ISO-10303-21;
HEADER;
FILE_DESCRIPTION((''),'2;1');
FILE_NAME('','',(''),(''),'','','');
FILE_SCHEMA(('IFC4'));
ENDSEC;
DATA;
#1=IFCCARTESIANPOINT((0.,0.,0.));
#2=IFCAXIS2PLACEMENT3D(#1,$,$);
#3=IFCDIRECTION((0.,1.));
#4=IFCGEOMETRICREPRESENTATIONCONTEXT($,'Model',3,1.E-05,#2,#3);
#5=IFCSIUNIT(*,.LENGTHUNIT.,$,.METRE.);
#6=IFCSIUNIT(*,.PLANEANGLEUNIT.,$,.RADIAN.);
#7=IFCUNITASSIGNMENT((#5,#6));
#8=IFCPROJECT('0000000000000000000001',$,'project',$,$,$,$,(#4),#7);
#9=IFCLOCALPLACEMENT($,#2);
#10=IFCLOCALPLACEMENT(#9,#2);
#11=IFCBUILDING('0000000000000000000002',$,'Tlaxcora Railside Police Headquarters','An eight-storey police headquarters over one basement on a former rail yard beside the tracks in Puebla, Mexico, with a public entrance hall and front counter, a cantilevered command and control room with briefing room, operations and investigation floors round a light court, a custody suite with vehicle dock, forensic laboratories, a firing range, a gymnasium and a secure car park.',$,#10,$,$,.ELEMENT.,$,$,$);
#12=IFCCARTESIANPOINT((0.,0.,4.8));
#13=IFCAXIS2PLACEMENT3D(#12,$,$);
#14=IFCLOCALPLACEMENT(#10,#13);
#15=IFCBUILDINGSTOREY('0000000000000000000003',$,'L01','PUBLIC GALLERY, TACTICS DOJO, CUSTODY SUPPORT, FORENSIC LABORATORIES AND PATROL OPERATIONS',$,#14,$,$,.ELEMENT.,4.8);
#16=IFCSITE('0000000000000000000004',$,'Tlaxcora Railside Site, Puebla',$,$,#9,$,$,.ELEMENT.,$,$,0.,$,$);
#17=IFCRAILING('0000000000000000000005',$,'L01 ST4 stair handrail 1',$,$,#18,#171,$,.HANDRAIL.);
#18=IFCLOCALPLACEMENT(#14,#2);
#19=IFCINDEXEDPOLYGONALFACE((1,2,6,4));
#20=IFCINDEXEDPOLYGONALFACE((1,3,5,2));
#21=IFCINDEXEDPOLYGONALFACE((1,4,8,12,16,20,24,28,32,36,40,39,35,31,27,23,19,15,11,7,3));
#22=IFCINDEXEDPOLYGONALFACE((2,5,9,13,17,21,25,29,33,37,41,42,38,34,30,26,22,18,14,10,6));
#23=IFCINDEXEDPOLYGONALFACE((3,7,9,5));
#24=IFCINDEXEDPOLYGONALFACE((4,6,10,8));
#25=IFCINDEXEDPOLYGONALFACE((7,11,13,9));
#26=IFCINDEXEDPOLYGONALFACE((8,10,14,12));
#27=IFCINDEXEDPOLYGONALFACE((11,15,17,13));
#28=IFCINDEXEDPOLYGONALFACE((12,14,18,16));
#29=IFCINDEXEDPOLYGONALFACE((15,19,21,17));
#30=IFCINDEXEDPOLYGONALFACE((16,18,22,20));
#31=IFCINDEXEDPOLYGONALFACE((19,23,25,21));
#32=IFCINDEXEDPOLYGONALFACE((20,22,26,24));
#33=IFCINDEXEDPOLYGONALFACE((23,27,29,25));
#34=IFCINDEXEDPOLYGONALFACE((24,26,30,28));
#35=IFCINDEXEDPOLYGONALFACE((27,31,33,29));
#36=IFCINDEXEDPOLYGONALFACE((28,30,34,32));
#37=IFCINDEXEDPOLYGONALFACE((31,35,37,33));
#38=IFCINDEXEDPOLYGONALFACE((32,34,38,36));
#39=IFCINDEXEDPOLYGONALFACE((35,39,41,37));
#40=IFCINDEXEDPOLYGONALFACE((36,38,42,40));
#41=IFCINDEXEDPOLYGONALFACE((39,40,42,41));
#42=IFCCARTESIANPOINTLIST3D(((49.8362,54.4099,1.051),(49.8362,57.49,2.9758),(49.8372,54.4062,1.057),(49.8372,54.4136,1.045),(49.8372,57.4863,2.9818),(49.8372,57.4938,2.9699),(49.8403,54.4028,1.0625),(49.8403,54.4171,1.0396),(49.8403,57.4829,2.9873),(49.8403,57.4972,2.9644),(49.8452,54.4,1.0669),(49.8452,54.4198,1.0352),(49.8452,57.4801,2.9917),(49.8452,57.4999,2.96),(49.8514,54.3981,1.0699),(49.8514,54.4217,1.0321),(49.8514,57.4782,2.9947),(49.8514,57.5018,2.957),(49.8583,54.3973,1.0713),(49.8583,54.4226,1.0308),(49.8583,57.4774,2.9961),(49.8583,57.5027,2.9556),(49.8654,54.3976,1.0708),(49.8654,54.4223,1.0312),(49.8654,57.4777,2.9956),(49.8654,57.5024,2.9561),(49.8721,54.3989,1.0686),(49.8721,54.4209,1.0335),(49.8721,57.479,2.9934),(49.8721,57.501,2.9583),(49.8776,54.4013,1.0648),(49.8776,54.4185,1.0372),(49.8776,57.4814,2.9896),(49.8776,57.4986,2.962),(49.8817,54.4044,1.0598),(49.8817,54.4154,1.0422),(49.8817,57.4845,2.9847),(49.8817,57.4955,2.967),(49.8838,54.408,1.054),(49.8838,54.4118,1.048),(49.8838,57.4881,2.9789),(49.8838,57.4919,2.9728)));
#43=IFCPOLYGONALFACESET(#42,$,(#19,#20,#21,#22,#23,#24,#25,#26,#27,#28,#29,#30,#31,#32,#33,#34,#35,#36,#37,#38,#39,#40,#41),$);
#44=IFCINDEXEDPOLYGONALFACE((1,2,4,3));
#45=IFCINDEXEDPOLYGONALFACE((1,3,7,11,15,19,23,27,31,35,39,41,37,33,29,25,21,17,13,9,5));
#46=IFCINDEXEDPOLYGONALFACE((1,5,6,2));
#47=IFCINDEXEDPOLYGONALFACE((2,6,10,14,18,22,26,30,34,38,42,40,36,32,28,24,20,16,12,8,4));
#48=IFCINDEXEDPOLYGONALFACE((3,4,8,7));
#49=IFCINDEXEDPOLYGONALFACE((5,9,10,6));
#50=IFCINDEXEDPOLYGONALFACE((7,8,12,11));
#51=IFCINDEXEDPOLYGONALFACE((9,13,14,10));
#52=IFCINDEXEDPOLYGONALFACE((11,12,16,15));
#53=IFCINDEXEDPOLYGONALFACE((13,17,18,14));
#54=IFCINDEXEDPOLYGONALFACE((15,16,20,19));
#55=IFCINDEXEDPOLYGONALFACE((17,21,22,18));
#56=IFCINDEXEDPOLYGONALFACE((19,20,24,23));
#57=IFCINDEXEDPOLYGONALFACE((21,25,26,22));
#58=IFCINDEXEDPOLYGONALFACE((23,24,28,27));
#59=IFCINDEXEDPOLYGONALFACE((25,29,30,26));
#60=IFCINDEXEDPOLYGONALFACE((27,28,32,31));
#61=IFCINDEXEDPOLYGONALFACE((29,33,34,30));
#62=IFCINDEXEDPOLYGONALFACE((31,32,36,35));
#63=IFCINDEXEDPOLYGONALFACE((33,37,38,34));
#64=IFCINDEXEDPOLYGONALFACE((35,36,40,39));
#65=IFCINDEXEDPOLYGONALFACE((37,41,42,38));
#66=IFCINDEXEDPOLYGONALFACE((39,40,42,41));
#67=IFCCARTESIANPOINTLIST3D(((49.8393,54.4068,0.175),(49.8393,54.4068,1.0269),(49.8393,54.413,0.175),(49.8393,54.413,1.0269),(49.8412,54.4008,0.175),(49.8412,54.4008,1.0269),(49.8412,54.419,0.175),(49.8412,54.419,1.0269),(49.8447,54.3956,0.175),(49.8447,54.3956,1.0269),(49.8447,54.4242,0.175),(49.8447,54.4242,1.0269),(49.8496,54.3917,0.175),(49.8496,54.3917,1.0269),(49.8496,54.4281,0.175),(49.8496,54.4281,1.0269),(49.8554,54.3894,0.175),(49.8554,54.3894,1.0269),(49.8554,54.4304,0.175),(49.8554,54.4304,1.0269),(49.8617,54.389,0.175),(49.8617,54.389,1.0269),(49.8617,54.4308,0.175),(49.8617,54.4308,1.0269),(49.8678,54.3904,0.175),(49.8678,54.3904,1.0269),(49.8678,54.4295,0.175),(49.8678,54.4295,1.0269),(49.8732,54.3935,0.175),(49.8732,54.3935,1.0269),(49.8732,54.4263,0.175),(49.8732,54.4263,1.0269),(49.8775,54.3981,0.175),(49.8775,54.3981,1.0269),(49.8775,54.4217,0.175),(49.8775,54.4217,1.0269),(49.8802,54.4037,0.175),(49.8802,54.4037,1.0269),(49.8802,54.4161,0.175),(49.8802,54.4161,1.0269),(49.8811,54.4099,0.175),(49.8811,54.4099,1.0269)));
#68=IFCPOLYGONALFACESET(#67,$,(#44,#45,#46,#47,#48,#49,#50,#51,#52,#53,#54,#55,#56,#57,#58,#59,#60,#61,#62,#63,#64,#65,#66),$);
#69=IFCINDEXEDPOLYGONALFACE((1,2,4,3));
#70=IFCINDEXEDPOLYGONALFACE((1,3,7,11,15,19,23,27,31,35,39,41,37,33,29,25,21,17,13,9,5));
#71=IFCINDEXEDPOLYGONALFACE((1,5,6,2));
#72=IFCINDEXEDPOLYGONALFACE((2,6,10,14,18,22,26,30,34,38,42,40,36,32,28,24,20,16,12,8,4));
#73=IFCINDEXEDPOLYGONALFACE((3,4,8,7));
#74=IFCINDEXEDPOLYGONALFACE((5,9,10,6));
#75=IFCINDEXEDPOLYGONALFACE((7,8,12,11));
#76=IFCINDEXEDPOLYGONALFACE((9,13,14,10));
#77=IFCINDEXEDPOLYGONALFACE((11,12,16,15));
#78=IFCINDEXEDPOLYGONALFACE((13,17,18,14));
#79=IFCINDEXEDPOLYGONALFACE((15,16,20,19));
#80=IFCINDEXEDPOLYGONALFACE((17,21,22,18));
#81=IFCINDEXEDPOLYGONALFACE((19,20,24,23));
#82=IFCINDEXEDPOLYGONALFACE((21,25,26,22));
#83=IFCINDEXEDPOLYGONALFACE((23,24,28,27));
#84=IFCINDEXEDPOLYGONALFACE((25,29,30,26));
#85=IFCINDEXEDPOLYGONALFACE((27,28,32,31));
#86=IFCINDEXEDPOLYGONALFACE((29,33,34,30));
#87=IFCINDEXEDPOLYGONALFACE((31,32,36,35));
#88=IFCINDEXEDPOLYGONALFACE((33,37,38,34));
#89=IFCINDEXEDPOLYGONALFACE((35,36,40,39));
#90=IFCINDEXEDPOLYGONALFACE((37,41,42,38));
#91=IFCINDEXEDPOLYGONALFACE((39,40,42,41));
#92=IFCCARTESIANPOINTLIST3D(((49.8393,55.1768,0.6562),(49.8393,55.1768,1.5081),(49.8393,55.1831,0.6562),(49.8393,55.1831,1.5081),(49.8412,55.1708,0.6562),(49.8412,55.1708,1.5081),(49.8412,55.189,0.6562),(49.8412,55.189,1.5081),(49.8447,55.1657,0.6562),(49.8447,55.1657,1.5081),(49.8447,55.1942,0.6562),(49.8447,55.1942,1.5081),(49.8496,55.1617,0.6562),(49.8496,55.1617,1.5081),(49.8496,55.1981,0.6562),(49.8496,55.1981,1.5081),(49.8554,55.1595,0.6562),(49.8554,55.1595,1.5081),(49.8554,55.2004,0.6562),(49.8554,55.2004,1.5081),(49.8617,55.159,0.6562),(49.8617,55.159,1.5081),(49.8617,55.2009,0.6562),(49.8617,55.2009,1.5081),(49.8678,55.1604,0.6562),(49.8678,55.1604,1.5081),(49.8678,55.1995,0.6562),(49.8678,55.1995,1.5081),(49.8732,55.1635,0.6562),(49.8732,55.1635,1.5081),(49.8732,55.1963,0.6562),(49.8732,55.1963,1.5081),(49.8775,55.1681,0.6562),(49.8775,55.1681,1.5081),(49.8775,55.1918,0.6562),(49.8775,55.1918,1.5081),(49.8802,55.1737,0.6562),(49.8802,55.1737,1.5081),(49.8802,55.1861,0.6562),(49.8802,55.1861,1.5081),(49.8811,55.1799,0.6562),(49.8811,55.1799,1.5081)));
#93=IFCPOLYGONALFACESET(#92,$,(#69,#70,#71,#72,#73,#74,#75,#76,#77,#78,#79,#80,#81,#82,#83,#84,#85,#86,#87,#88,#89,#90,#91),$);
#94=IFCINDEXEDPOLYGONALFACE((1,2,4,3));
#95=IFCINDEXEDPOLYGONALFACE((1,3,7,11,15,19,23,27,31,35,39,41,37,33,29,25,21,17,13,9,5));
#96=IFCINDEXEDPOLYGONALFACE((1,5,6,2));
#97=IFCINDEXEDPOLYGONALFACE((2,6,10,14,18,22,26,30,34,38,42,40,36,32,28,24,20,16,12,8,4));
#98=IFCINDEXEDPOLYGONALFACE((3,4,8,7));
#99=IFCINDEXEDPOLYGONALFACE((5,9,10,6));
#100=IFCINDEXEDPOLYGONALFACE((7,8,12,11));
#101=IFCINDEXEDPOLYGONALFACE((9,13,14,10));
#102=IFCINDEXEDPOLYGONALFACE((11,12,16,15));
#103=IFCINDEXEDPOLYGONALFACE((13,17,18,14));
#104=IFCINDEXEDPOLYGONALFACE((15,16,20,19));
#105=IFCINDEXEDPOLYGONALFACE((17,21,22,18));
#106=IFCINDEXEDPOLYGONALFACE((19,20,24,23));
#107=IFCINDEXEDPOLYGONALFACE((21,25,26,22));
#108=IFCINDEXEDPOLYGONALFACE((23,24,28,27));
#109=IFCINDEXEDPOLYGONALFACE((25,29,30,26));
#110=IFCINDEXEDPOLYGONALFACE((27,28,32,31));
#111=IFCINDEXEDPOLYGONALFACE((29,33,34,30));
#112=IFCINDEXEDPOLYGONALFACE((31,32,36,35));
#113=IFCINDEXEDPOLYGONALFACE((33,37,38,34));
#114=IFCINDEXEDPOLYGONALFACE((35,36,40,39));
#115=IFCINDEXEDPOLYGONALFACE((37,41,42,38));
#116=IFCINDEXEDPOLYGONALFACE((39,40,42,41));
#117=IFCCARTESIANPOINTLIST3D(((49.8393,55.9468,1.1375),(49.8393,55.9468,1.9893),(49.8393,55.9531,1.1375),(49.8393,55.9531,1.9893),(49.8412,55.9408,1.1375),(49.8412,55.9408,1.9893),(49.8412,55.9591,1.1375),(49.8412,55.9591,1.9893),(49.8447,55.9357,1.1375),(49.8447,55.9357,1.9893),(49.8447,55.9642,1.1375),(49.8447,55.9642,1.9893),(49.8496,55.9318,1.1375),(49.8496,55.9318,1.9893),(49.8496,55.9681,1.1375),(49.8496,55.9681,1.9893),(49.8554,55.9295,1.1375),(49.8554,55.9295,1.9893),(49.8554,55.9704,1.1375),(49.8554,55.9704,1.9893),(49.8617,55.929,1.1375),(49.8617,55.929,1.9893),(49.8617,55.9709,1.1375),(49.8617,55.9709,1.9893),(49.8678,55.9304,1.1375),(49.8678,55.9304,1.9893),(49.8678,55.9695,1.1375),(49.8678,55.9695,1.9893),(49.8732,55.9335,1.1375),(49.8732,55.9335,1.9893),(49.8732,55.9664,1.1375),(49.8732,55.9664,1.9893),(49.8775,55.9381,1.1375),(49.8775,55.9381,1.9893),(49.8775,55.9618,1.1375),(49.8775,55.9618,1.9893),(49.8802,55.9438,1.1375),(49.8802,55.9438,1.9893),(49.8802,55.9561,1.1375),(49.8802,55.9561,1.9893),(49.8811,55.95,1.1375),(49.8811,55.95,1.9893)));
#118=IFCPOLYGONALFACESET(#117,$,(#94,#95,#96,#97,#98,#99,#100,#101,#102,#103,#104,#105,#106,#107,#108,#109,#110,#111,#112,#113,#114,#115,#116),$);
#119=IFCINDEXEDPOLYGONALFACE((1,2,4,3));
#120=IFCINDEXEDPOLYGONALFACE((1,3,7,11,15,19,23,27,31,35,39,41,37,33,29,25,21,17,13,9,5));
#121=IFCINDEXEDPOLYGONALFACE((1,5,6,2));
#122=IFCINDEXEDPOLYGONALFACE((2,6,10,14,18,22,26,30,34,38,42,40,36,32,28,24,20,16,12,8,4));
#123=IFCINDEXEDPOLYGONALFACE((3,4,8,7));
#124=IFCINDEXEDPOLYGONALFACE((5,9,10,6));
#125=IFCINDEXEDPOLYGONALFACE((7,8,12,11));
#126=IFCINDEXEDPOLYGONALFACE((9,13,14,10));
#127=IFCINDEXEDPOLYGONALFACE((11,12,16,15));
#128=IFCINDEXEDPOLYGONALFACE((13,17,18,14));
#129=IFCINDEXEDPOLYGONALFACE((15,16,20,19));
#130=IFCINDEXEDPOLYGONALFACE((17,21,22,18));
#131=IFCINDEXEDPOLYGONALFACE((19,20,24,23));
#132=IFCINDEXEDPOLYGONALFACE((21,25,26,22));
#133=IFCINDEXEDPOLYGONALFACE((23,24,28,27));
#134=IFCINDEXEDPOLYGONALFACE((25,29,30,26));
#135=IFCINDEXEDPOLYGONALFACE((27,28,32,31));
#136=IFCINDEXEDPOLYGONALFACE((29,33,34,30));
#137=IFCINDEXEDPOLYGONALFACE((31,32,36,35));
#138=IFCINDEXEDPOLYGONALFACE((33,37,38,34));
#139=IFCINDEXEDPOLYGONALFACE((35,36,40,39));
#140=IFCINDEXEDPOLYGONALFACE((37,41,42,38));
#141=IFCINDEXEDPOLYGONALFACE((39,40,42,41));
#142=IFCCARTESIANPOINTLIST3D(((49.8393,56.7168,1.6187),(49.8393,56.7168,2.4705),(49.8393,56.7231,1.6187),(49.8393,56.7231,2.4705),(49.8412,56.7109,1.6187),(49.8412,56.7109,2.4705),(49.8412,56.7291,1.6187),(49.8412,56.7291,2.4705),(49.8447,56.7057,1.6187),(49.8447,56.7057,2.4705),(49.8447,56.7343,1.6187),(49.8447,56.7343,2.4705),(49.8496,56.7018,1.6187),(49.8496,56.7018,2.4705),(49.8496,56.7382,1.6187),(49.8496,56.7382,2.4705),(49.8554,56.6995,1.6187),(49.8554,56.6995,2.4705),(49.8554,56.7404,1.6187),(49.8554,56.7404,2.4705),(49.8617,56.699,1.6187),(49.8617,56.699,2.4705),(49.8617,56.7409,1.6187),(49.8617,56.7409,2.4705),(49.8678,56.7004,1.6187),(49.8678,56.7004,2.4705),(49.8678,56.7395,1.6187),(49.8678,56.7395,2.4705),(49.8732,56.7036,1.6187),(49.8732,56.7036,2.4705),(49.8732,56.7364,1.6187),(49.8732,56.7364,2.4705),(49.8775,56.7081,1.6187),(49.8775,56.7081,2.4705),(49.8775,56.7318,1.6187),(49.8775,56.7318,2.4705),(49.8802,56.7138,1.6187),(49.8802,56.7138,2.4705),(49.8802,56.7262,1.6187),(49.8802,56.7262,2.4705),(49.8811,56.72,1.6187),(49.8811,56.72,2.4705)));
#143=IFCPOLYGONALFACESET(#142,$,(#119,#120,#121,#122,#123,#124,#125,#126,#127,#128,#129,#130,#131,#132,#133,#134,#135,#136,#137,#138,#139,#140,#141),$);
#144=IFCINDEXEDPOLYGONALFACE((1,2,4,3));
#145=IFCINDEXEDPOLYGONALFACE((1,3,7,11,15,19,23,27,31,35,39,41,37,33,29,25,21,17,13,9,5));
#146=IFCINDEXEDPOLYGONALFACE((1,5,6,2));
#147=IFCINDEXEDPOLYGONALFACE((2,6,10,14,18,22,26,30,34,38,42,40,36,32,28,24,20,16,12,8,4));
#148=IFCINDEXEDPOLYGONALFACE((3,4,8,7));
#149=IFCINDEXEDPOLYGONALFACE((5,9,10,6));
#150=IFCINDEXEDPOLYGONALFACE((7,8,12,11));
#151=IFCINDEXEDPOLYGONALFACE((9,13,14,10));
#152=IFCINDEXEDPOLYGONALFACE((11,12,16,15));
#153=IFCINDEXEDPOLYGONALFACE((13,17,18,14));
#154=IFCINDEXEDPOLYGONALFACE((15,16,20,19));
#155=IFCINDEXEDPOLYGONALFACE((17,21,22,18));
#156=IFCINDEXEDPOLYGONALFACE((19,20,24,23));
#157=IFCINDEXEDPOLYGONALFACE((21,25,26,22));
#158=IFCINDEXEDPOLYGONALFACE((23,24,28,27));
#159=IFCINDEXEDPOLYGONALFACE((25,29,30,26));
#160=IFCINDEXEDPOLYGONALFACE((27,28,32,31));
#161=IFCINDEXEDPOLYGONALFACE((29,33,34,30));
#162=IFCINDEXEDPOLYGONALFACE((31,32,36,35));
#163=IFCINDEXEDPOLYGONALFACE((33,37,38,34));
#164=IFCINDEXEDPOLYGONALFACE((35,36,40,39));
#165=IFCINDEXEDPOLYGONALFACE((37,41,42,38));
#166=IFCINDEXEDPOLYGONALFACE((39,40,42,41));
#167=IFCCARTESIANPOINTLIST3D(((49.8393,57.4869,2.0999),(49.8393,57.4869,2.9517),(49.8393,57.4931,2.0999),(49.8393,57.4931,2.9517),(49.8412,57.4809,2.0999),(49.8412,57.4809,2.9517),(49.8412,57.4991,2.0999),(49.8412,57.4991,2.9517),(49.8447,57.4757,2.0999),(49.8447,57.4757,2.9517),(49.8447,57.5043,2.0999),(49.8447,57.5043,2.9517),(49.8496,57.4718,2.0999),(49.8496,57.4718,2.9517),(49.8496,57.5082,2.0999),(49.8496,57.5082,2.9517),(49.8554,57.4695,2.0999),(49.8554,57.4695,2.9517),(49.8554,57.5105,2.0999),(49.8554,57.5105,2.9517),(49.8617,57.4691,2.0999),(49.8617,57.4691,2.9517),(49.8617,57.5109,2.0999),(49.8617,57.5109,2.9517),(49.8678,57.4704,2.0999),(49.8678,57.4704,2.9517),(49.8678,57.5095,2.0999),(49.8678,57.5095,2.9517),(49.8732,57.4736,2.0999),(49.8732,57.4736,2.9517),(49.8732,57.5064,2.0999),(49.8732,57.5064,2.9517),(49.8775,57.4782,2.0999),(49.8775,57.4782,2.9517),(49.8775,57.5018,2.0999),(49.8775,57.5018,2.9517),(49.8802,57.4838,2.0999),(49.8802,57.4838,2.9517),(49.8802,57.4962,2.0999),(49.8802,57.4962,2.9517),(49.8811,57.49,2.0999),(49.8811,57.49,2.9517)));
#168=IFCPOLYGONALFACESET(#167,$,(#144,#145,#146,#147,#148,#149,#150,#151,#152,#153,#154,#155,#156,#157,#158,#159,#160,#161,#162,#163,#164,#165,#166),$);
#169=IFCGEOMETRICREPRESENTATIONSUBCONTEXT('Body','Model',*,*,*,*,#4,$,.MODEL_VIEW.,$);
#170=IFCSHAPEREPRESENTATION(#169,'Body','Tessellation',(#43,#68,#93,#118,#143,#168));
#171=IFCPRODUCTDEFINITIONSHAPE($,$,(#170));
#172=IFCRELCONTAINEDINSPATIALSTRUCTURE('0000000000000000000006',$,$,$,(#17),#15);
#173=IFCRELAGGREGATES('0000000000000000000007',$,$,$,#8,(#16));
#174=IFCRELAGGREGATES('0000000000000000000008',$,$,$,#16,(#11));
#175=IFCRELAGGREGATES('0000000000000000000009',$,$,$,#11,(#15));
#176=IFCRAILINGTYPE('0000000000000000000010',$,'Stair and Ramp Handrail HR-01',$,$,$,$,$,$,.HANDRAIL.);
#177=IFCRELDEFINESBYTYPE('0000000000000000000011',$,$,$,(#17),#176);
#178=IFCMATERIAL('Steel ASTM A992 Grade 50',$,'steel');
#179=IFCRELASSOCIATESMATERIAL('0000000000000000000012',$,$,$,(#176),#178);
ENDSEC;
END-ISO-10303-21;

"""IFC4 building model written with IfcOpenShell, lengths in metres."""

from ifc_helpers import new_model, si_unit, direction, frame, origin, origin_2d, place, context, subcontext, project, spatial, circle, extrude, material, type_object, element, save


model = new_model("IFC4")

# Units and contexts
model_context = context("Model", 3, precision=1e-05, world=origin(), true_north=direction((0.0, 1.0)))
body_context = subcontext(model_context, "Body", "Model", "MODEL_VIEW")
ifc_project = project(units=[si_unit("LENGTHUNIT", "METRE"), si_unit("PLANEANGLEUNIT", "RADIAN")], contexts=[model_context])

# Site, building, storey
site_placement = place(None, origin())
site = spatial("IfcSite", under=ifc_project, at=site_placement, Name="Tlaxcora Railside Site, Puebla", CompositionType="ELEMENT", RefElevation=0.0)
building_placement = place(site_placement, origin())
building = spatial("IfcBuilding", under=site, at=building_placement, Name="Tlaxcora Railside Police Headquarters", Description="An eight-storey police headquarters over one basement on a former rail yard beside the tracks in Puebla, Mexico, with a public entrance hall and front counter, a cantilevered command and control room with briefing room, operations and investigation floors round a light court, a custody suite with vehicle dock, forensic laboratories, a firing range, a gymnasium and a secure car park.", CompositionType="ELEMENT")
storey_placement = place(building_placement, frame((0.0, 0.0, 4.8)))
storey = spatial("IfcBuildingStorey", under=building, at=storey_placement, Name="L01", Description="PUBLIC GALLERY, TACTICS DOJO, CUSTODY SUPPORT, FORENSIC LABORATORIES AND PATROL OPERATIONS", CompositionType="ELEMENT", Elevation=4.8)

# Shared definitions
ifc_material_1 = material(Name="Steel ASTM A992 Grade 50", Category="steel")

# Railing
railing_type_1 = type_object("IfcRailingType", Name="Stair and Ramp Handrail HR-01", PredefinedType="HANDRAIL", material=ifc_material_1)
railing_1_placement = place(storey_placement, frame((49.8601, 54.4099, 0.175)))
element("IfcRailing", 1, at=railing_1_placement, inside=storey, type_object=railing_type_1, Name="L01 ST4 stair handrail 1", PredefinedType="HANDRAIL", context=body_context, shape_type="SweptSolid", body=[
    extrude(circle(Radius=0.0239, at=origin_2d()), frame((0.0, 0.0, 0.876), z_axis=(0.0, 0.848029, 0.529951), x_axis=(-1.0, 0.0, 0.0)), (0.0, 0.0, 1.0), 3.6321),
    extrude(circle(Radius=0.021, at=origin_2d()), origin(), (0.0, 0.0, 1.0), 0.8518),
    extrude(circle(Radius=0.021, at=origin_2d()), frame((0.0, 0.77, 0.4812)), (0.0, 0.0, 1.0), 0.8518),
    extrude(circle(Radius=0.021, at=origin_2d()), frame((0.0, 1.54, 0.9624)), (0.0, 0.0, 1.0), 0.8518),
    extrude(circle(Radius=0.021, at=origin_2d()), frame((0.0, 2.3101, 1.4436)), (0.0, 0.0, 1.0), 0.8518),
    extrude(circle(Radius=0.021, at=origin_2d()), frame((0.0, 3.0801, 1.9248)), (0.0, 0.0, 1.0), 0.8518),
])

save(model, "model.ifc")
